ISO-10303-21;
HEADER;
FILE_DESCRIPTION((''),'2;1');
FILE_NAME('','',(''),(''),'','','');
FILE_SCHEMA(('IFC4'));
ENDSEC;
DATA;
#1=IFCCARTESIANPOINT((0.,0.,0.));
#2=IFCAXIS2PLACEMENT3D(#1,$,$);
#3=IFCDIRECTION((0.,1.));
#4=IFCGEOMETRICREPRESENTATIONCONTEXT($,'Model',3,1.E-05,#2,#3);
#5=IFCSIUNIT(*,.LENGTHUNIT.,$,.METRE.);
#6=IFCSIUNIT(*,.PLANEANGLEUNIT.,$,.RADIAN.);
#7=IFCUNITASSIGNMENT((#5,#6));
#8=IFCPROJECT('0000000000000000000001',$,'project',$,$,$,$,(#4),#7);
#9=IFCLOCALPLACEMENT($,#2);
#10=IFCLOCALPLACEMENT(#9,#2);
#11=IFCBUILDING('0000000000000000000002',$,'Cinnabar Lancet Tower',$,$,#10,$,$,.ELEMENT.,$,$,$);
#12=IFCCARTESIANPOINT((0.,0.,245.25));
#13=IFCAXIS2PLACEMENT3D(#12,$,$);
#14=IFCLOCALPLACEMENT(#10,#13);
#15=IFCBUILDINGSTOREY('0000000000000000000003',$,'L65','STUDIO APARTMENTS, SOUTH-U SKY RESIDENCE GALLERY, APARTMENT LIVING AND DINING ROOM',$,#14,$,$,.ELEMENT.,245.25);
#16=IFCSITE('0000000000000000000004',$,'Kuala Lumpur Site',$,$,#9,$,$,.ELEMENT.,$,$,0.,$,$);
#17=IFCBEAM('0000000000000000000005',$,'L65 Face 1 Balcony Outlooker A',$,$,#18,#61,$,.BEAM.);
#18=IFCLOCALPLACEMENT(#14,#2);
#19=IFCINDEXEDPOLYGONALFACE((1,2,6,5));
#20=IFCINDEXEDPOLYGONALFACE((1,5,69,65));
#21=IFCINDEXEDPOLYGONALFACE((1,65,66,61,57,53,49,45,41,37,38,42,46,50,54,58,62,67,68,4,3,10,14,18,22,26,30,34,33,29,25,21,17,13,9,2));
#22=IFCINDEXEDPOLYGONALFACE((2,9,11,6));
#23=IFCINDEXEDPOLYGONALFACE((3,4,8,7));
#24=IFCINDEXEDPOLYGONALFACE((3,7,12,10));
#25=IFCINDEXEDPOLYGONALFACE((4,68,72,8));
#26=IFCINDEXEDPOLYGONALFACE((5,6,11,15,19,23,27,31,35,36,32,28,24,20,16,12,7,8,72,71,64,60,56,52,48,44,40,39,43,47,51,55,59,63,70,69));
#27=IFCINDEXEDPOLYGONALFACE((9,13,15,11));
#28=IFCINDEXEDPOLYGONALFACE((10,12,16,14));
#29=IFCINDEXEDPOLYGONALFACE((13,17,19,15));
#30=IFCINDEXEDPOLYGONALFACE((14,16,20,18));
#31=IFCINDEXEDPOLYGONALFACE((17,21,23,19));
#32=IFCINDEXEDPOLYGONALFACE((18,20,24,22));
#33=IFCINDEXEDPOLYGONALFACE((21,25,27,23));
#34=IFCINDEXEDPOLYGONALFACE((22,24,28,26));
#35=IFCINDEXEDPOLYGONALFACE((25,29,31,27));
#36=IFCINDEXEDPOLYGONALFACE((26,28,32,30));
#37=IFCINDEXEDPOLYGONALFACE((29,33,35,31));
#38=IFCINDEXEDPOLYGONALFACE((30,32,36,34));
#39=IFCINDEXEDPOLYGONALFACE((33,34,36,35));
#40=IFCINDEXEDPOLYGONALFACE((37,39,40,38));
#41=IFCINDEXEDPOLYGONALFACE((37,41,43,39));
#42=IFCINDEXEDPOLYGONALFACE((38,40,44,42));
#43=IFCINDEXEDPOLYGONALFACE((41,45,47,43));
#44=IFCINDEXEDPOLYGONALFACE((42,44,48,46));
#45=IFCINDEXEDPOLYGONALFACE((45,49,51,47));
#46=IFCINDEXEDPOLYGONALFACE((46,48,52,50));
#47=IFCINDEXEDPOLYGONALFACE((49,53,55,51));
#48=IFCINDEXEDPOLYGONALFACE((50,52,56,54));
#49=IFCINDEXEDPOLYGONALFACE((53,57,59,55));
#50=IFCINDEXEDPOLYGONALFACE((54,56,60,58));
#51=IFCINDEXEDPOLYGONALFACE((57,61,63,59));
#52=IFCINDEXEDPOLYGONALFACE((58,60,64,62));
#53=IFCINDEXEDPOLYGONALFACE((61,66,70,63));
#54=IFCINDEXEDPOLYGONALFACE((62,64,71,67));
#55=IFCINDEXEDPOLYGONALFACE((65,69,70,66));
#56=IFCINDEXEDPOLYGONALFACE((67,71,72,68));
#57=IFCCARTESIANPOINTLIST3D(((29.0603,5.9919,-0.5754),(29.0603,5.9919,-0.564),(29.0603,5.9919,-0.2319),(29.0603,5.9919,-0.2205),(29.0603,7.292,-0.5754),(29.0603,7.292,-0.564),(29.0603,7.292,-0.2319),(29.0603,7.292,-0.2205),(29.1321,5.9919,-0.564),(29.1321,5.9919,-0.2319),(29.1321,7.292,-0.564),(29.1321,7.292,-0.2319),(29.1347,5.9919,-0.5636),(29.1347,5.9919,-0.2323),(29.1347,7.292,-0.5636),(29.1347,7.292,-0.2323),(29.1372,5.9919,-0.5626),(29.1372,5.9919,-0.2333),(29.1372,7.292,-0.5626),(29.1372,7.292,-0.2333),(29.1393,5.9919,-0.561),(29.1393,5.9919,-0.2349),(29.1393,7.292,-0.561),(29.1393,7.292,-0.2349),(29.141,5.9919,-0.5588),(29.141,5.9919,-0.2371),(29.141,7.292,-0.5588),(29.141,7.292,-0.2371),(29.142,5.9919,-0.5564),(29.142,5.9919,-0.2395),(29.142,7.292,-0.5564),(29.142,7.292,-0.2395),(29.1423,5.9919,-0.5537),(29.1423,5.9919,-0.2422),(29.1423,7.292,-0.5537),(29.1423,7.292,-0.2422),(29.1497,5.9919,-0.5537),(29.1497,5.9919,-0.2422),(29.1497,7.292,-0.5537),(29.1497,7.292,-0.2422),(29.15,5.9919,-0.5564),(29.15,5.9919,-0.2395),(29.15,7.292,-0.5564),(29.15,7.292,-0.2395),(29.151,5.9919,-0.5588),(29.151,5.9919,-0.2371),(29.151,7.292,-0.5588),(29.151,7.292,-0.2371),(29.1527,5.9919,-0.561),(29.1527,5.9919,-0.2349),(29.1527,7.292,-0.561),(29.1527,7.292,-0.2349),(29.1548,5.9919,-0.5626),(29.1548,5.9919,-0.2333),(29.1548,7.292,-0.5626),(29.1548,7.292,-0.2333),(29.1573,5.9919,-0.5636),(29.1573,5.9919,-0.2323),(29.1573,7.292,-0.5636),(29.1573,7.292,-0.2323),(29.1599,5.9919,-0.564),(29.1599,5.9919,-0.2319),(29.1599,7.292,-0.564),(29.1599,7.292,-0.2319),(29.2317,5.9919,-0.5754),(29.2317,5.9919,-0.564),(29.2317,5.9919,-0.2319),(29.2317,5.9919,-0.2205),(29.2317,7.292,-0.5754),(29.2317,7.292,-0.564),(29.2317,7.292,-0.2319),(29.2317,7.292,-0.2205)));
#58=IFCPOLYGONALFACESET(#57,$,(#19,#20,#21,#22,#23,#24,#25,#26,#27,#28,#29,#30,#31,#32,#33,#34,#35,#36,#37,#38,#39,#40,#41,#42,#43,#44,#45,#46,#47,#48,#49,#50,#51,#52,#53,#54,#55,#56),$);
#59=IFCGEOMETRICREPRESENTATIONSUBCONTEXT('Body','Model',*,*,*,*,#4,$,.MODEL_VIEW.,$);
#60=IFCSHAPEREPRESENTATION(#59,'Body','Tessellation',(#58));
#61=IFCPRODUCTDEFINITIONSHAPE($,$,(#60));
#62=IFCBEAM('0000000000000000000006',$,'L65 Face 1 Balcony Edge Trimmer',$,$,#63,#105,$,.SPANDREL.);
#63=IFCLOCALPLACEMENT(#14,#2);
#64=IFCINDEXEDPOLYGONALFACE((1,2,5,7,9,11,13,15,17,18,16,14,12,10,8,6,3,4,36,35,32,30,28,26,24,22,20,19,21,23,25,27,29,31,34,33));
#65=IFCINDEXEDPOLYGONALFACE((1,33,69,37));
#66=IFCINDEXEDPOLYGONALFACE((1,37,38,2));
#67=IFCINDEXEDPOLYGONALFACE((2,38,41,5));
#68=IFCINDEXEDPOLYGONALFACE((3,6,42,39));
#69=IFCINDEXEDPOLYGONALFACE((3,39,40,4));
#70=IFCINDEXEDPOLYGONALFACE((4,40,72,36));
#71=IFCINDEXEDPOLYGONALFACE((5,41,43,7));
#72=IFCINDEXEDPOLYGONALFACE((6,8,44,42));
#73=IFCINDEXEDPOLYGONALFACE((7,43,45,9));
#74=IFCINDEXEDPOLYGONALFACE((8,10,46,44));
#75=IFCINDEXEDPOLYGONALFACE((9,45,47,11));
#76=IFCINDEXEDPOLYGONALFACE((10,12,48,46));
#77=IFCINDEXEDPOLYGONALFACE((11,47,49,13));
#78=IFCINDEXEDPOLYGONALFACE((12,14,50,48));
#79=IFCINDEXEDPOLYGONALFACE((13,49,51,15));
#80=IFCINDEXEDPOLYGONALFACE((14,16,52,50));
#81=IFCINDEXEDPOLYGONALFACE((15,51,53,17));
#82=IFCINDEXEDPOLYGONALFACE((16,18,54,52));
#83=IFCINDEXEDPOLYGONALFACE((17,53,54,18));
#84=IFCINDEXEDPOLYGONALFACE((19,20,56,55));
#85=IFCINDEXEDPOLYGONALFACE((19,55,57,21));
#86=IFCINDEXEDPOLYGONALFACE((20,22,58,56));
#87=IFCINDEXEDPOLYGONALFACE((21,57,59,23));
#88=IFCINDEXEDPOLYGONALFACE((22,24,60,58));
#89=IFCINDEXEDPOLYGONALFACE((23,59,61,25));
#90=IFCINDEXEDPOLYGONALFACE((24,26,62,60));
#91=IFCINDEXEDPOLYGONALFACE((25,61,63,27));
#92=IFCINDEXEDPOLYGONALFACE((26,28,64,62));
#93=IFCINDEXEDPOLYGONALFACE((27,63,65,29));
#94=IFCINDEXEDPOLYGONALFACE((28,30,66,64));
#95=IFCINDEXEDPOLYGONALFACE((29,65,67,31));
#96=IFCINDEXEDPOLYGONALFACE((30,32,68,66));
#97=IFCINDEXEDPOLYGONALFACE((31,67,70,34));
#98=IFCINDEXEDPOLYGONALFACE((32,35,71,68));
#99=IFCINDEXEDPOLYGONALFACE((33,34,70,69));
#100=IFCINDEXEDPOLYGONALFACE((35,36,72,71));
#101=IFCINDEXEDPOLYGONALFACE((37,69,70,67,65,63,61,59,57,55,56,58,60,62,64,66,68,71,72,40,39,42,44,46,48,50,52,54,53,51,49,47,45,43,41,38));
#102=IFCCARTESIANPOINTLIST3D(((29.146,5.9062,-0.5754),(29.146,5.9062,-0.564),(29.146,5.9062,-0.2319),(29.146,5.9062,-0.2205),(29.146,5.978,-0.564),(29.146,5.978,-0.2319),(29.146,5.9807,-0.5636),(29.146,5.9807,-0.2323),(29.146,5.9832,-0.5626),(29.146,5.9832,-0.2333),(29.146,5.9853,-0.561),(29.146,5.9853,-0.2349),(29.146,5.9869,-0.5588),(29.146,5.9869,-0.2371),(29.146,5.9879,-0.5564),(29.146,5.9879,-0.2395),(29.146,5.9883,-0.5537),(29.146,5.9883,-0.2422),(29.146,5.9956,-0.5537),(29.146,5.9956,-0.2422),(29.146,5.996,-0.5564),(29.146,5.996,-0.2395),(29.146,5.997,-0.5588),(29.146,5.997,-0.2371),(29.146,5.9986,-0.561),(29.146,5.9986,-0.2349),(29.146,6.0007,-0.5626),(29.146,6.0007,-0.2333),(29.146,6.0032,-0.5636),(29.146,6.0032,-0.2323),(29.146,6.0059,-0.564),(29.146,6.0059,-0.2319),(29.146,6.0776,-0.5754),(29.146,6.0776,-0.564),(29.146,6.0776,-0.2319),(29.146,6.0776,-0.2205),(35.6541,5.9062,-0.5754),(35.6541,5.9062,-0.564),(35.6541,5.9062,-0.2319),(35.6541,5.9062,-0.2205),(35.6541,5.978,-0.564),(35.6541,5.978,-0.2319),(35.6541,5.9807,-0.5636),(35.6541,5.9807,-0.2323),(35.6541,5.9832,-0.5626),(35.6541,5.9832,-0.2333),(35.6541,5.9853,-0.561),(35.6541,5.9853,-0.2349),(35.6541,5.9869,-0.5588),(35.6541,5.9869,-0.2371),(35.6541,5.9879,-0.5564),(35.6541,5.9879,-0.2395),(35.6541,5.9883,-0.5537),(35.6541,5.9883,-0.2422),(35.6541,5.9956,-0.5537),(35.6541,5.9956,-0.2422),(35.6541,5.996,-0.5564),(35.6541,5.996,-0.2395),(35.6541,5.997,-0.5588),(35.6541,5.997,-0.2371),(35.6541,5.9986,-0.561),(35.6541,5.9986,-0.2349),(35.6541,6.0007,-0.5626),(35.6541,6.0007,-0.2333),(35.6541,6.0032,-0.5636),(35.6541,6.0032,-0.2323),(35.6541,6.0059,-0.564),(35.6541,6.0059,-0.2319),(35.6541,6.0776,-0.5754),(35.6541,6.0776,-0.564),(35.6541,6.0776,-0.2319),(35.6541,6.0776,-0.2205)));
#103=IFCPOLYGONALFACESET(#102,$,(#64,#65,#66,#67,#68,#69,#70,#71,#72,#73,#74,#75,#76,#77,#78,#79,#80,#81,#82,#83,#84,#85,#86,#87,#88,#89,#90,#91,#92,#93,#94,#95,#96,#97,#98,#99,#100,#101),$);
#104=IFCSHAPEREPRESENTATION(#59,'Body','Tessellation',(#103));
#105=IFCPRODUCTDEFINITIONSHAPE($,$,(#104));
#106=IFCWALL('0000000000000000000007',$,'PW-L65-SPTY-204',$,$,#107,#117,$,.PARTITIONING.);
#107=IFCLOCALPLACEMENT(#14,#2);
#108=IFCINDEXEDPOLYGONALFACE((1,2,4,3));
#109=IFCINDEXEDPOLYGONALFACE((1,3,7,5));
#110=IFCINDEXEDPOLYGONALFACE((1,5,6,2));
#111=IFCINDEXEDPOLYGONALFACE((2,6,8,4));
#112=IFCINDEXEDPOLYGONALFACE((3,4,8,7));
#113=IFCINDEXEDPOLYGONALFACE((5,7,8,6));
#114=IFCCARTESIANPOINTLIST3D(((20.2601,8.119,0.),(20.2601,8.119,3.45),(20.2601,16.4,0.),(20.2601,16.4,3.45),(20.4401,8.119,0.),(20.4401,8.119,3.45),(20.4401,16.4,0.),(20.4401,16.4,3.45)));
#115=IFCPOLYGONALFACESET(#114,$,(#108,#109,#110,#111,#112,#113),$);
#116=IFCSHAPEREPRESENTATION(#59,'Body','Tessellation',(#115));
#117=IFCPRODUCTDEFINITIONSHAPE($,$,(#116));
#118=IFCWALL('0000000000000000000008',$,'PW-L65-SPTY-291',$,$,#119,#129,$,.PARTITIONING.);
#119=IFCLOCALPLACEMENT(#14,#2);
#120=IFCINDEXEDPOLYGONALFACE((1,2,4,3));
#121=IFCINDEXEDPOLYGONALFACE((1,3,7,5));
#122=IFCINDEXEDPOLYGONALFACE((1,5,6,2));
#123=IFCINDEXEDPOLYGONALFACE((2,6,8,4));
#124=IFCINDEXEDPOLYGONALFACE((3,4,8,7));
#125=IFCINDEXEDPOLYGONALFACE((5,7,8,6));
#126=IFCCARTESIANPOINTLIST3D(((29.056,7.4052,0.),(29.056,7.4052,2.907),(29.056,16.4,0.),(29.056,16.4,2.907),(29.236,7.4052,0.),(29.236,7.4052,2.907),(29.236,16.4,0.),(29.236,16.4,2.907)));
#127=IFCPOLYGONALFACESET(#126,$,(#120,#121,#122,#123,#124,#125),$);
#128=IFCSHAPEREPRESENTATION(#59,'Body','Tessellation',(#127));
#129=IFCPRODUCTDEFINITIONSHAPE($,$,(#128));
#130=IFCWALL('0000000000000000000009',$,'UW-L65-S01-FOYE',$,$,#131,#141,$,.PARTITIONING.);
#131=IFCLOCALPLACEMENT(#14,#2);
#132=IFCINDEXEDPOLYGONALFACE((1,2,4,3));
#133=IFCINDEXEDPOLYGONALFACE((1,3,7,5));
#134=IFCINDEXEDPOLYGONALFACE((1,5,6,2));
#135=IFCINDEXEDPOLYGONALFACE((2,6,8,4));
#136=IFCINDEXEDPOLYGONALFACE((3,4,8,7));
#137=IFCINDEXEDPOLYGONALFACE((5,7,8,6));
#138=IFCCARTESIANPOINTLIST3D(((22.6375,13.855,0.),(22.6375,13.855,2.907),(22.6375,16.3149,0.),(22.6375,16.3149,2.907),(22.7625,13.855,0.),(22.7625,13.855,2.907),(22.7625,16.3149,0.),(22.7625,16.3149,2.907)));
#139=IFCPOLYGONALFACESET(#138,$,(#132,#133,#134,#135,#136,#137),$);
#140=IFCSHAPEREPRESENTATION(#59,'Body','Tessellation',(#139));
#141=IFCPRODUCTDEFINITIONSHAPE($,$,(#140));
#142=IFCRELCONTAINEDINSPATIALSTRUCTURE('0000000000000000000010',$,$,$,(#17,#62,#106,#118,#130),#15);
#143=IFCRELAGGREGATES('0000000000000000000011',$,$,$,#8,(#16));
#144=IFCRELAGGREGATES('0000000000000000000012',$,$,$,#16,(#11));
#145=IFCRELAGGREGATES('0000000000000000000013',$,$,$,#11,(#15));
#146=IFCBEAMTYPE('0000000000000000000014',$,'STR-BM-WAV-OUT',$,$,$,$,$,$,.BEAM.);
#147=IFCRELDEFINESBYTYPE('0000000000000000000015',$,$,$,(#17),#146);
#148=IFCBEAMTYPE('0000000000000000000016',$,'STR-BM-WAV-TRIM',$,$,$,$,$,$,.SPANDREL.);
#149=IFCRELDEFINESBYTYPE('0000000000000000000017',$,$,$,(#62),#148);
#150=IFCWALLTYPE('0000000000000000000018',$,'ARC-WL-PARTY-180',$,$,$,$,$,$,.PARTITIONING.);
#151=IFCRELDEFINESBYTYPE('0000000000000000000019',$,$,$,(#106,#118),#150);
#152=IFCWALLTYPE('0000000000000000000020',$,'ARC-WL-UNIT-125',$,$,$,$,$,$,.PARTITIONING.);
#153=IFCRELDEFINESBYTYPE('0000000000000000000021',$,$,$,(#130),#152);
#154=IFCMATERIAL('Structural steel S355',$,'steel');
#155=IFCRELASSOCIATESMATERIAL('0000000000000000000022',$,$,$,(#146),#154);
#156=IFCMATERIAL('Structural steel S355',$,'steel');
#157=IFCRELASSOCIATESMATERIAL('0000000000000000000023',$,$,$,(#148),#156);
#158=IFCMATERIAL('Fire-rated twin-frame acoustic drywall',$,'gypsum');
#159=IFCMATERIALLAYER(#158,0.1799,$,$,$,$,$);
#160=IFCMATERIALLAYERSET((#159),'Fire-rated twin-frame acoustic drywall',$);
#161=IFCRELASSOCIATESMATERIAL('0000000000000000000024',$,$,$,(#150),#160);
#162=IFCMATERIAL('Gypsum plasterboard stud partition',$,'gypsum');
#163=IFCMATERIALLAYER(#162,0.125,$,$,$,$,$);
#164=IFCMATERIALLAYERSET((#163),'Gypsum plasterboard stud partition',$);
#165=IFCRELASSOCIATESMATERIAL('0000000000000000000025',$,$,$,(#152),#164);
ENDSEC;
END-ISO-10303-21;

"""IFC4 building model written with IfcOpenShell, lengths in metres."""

from ifc_helpers import new_model, si_unit, direction, frame, frame_2d, origin, origin_2d, place, context, subcontext, project, spatial, rectangle, i_section, extrude, material, layer, layer_set, material_profile, profile_set, type_object, element, save


model = new_model("IFC4")

# Units and contexts
model_context = context("Model", 3, precision=1e-05, world=origin(), true_north=direction((0.0, 1.0)))
body_context = subcontext(model_context, "Body", "Model", "MODEL_VIEW")
ifc_project = project(units=[si_unit("LENGTHUNIT", "METRE"), si_unit("PLANEANGLEUNIT", "RADIAN")], contexts=[model_context])

# Site, building, storey
site_placement = place(None, origin())
site = spatial("IfcSite", under=ifc_project, at=site_placement, Name="Kuala Lumpur Site", CompositionType="ELEMENT", RefElevation=0.0)
building_placement = place(site_placement, origin())
building = spatial("IfcBuilding", under=site, at=building_placement, Name="Cinnabar Lancet Tower", CompositionType="ELEMENT")
storey_placement = place(building_placement, frame((0.0, 0.0, 245.25)))
storey = spatial("IfcBuildingStorey", under=building, at=storey_placement, Name="L65", Description="STUDIO APARTMENTS, SOUTH-U SKY RESIDENCE GALLERY, APARTMENT LIVING AND DINING ROOM", CompositionType="ELEMENT", Elevation=245.25)

# Beams
ifc_material_1 = material(Name="Structural steel S355", Category="steel")
ifc_material_profile_1 = material_profile(ifc_material_1, i_section(OverallWidth=0.1714, OverallDepth=0.355, WebThickness=0.0073, FlangeThickness=0.0115, FilletRadius=0.0103, at=origin_2d()), Name="UKB 356x171x51")
ifc_profile_set_1 = profile_set([ifc_material_profile_1], Name="Structural steel S355")
beam_type_1 = type_object("IfcBeamType", Name="STR-BM-WAV-OUT", PredefinedType="BEAM", material=ifc_profile_set_1)
beam_1_placement = place(storey_placement, frame((29.146, 7.292, -0.3979), z_axis=(0.0, -1.0, 0.0), x_axis=(1.0, 0.0, 0.0)))
element("IfcBeam", 1, at=beam_1_placement, inside=storey, type_object=beam_type_1, Name="L65 Face 1 Balcony Outlooker A", PredefinedType="BEAM", context=body_context, shape_type="SweptSolid", body=[
    extrude(i_section(OverallWidth=0.1714, OverallDepth=0.355, WebThickness=0.0073, FlangeThickness=0.0115, FilletRadius=0.0103, at=origin_2d()), origin(), (0.0, 0.0, 1.0), 1.3),
])
ifc_material_2 = material(Name="Structural steel S355", Category="steel")
ifc_material_profile_2 = material_profile(ifc_material_2, i_section(OverallWidth=0.1714, OverallDepth=0.355, WebThickness=0.0073, FlangeThickness=0.0115, FilletRadius=0.0103, at=origin_2d()), Name="UKB 356x171x51")
ifc_profile_set_2 = profile_set([ifc_material_profile_2], Name="Structural steel S355")
beam_type_2 = type_object("IfcBeamType", Name="STR-BM-WAV-TRIM", PredefinedType="SPANDREL", material=ifc_profile_set_2)
beam_2_placement = place(storey_placement, frame((29.146, 5.9919, -0.3979), z_axis=(1.0, 0.0, 0.0), x_axis=(0.0, 1.0, 0.0)))
element("IfcBeam", 2, at=beam_2_placement, inside=storey, type_object=beam_type_2, Name="L65 Face 1 Balcony Edge Trimmer", PredefinedType="SPANDREL", context=body_context, shape_type="SweptSolid", body=[
    extrude(i_section(OverallWidth=0.1714, OverallDepth=0.355, WebThickness=0.0073, FlangeThickness=0.0115, FilletRadius=0.0103, at=origin_2d()), origin(), (0.0, 0.0, 1.0), 6.5081),
])

# Walls
ifc_material_3 = material(Name="Fire-rated twin-frame acoustic drywall", Category="gypsum")
ifc_layer_1 = layer(ifc_material_3, 0.1799)
ifc_layer_set_1 = layer_set([ifc_layer_1], Name="Fire-rated twin-frame acoustic drywall")
wall_type_1 = type_object("IfcWallType", Name="ARC-WL-PARTY-180", PredefinedType="PARTITIONING", material=ifc_layer_set_1)
wall_1_placement = place(storey_placement, frame((20.3501, 8.1189, 0.0), z_axis=(0.0, 0.0, 1.0), x_axis=(0.0, 1.0, 0.0)))
element("IfcWall", 3, at=wall_1_placement, inside=storey, type_object=wall_type_1, Name="PW-L65-SPTY-204", PredefinedType="PARTITIONING", context=body_context, shape_type="SweptSolid", body=[
    extrude(rectangle(XDim=8.281, YDim=0.1799, at=frame_2d((4.1406, 0.0))), origin(), (0.0, 0.0, 1.0), 3.45),
])
wall_2_placement = place(storey_placement, frame((29.146, 7.405, 0.0), z_axis=(0.0, 0.0, 1.0), x_axis=(0.0, 1.0, 0.0)))
element("IfcWall", 4, at=wall_2_placement, inside=storey, type_object=wall_type_1, Name="PW-L65-SPTY-291", PredefinedType="PARTITIONING", context=body_context, shape_type="SweptSolid", body=[
    extrude(rectangle(XDim=8.9949, YDim=0.1799, at=frame_2d((4.4976, 0.0))), origin(), (0.0, 0.0, 1.0), 2.907),
])
ifc_material_4 = material(Name="Gypsum plasterboard stud partition", Category="gypsum")
ifc_layer_2 = layer(ifc_material_4, 0.125)
ifc_layer_set_2 = layer_set([ifc_layer_2], Name="Gypsum plasterboard stud partition")
wall_type_2 = type_object("IfcWallType", Name="ARC-WL-UNIT-125", PredefinedType="PARTITIONING", material=ifc_layer_set_2)
wall_3_placement = place(storey_placement, frame((22.7, 13.855, 0.0), z_axis=(0.0, 0.0, 1.0), x_axis=(0.0, 1.0, 0.0)))
element("IfcWall", 5, at=wall_3_placement, inside=storey, type_object=wall_type_2, Name="UW-L65-S01-FOYE", PredefinedType="PARTITIONING", context=body_context, shape_type="SweptSolid", body=[
    extrude(rectangle(XDim=2.46, YDim=0.125, at=frame_2d((1.23, 0.0))), origin(), (0.0, 0.0, 1.0), 2.907),
])

save(model, "model.ifc")
